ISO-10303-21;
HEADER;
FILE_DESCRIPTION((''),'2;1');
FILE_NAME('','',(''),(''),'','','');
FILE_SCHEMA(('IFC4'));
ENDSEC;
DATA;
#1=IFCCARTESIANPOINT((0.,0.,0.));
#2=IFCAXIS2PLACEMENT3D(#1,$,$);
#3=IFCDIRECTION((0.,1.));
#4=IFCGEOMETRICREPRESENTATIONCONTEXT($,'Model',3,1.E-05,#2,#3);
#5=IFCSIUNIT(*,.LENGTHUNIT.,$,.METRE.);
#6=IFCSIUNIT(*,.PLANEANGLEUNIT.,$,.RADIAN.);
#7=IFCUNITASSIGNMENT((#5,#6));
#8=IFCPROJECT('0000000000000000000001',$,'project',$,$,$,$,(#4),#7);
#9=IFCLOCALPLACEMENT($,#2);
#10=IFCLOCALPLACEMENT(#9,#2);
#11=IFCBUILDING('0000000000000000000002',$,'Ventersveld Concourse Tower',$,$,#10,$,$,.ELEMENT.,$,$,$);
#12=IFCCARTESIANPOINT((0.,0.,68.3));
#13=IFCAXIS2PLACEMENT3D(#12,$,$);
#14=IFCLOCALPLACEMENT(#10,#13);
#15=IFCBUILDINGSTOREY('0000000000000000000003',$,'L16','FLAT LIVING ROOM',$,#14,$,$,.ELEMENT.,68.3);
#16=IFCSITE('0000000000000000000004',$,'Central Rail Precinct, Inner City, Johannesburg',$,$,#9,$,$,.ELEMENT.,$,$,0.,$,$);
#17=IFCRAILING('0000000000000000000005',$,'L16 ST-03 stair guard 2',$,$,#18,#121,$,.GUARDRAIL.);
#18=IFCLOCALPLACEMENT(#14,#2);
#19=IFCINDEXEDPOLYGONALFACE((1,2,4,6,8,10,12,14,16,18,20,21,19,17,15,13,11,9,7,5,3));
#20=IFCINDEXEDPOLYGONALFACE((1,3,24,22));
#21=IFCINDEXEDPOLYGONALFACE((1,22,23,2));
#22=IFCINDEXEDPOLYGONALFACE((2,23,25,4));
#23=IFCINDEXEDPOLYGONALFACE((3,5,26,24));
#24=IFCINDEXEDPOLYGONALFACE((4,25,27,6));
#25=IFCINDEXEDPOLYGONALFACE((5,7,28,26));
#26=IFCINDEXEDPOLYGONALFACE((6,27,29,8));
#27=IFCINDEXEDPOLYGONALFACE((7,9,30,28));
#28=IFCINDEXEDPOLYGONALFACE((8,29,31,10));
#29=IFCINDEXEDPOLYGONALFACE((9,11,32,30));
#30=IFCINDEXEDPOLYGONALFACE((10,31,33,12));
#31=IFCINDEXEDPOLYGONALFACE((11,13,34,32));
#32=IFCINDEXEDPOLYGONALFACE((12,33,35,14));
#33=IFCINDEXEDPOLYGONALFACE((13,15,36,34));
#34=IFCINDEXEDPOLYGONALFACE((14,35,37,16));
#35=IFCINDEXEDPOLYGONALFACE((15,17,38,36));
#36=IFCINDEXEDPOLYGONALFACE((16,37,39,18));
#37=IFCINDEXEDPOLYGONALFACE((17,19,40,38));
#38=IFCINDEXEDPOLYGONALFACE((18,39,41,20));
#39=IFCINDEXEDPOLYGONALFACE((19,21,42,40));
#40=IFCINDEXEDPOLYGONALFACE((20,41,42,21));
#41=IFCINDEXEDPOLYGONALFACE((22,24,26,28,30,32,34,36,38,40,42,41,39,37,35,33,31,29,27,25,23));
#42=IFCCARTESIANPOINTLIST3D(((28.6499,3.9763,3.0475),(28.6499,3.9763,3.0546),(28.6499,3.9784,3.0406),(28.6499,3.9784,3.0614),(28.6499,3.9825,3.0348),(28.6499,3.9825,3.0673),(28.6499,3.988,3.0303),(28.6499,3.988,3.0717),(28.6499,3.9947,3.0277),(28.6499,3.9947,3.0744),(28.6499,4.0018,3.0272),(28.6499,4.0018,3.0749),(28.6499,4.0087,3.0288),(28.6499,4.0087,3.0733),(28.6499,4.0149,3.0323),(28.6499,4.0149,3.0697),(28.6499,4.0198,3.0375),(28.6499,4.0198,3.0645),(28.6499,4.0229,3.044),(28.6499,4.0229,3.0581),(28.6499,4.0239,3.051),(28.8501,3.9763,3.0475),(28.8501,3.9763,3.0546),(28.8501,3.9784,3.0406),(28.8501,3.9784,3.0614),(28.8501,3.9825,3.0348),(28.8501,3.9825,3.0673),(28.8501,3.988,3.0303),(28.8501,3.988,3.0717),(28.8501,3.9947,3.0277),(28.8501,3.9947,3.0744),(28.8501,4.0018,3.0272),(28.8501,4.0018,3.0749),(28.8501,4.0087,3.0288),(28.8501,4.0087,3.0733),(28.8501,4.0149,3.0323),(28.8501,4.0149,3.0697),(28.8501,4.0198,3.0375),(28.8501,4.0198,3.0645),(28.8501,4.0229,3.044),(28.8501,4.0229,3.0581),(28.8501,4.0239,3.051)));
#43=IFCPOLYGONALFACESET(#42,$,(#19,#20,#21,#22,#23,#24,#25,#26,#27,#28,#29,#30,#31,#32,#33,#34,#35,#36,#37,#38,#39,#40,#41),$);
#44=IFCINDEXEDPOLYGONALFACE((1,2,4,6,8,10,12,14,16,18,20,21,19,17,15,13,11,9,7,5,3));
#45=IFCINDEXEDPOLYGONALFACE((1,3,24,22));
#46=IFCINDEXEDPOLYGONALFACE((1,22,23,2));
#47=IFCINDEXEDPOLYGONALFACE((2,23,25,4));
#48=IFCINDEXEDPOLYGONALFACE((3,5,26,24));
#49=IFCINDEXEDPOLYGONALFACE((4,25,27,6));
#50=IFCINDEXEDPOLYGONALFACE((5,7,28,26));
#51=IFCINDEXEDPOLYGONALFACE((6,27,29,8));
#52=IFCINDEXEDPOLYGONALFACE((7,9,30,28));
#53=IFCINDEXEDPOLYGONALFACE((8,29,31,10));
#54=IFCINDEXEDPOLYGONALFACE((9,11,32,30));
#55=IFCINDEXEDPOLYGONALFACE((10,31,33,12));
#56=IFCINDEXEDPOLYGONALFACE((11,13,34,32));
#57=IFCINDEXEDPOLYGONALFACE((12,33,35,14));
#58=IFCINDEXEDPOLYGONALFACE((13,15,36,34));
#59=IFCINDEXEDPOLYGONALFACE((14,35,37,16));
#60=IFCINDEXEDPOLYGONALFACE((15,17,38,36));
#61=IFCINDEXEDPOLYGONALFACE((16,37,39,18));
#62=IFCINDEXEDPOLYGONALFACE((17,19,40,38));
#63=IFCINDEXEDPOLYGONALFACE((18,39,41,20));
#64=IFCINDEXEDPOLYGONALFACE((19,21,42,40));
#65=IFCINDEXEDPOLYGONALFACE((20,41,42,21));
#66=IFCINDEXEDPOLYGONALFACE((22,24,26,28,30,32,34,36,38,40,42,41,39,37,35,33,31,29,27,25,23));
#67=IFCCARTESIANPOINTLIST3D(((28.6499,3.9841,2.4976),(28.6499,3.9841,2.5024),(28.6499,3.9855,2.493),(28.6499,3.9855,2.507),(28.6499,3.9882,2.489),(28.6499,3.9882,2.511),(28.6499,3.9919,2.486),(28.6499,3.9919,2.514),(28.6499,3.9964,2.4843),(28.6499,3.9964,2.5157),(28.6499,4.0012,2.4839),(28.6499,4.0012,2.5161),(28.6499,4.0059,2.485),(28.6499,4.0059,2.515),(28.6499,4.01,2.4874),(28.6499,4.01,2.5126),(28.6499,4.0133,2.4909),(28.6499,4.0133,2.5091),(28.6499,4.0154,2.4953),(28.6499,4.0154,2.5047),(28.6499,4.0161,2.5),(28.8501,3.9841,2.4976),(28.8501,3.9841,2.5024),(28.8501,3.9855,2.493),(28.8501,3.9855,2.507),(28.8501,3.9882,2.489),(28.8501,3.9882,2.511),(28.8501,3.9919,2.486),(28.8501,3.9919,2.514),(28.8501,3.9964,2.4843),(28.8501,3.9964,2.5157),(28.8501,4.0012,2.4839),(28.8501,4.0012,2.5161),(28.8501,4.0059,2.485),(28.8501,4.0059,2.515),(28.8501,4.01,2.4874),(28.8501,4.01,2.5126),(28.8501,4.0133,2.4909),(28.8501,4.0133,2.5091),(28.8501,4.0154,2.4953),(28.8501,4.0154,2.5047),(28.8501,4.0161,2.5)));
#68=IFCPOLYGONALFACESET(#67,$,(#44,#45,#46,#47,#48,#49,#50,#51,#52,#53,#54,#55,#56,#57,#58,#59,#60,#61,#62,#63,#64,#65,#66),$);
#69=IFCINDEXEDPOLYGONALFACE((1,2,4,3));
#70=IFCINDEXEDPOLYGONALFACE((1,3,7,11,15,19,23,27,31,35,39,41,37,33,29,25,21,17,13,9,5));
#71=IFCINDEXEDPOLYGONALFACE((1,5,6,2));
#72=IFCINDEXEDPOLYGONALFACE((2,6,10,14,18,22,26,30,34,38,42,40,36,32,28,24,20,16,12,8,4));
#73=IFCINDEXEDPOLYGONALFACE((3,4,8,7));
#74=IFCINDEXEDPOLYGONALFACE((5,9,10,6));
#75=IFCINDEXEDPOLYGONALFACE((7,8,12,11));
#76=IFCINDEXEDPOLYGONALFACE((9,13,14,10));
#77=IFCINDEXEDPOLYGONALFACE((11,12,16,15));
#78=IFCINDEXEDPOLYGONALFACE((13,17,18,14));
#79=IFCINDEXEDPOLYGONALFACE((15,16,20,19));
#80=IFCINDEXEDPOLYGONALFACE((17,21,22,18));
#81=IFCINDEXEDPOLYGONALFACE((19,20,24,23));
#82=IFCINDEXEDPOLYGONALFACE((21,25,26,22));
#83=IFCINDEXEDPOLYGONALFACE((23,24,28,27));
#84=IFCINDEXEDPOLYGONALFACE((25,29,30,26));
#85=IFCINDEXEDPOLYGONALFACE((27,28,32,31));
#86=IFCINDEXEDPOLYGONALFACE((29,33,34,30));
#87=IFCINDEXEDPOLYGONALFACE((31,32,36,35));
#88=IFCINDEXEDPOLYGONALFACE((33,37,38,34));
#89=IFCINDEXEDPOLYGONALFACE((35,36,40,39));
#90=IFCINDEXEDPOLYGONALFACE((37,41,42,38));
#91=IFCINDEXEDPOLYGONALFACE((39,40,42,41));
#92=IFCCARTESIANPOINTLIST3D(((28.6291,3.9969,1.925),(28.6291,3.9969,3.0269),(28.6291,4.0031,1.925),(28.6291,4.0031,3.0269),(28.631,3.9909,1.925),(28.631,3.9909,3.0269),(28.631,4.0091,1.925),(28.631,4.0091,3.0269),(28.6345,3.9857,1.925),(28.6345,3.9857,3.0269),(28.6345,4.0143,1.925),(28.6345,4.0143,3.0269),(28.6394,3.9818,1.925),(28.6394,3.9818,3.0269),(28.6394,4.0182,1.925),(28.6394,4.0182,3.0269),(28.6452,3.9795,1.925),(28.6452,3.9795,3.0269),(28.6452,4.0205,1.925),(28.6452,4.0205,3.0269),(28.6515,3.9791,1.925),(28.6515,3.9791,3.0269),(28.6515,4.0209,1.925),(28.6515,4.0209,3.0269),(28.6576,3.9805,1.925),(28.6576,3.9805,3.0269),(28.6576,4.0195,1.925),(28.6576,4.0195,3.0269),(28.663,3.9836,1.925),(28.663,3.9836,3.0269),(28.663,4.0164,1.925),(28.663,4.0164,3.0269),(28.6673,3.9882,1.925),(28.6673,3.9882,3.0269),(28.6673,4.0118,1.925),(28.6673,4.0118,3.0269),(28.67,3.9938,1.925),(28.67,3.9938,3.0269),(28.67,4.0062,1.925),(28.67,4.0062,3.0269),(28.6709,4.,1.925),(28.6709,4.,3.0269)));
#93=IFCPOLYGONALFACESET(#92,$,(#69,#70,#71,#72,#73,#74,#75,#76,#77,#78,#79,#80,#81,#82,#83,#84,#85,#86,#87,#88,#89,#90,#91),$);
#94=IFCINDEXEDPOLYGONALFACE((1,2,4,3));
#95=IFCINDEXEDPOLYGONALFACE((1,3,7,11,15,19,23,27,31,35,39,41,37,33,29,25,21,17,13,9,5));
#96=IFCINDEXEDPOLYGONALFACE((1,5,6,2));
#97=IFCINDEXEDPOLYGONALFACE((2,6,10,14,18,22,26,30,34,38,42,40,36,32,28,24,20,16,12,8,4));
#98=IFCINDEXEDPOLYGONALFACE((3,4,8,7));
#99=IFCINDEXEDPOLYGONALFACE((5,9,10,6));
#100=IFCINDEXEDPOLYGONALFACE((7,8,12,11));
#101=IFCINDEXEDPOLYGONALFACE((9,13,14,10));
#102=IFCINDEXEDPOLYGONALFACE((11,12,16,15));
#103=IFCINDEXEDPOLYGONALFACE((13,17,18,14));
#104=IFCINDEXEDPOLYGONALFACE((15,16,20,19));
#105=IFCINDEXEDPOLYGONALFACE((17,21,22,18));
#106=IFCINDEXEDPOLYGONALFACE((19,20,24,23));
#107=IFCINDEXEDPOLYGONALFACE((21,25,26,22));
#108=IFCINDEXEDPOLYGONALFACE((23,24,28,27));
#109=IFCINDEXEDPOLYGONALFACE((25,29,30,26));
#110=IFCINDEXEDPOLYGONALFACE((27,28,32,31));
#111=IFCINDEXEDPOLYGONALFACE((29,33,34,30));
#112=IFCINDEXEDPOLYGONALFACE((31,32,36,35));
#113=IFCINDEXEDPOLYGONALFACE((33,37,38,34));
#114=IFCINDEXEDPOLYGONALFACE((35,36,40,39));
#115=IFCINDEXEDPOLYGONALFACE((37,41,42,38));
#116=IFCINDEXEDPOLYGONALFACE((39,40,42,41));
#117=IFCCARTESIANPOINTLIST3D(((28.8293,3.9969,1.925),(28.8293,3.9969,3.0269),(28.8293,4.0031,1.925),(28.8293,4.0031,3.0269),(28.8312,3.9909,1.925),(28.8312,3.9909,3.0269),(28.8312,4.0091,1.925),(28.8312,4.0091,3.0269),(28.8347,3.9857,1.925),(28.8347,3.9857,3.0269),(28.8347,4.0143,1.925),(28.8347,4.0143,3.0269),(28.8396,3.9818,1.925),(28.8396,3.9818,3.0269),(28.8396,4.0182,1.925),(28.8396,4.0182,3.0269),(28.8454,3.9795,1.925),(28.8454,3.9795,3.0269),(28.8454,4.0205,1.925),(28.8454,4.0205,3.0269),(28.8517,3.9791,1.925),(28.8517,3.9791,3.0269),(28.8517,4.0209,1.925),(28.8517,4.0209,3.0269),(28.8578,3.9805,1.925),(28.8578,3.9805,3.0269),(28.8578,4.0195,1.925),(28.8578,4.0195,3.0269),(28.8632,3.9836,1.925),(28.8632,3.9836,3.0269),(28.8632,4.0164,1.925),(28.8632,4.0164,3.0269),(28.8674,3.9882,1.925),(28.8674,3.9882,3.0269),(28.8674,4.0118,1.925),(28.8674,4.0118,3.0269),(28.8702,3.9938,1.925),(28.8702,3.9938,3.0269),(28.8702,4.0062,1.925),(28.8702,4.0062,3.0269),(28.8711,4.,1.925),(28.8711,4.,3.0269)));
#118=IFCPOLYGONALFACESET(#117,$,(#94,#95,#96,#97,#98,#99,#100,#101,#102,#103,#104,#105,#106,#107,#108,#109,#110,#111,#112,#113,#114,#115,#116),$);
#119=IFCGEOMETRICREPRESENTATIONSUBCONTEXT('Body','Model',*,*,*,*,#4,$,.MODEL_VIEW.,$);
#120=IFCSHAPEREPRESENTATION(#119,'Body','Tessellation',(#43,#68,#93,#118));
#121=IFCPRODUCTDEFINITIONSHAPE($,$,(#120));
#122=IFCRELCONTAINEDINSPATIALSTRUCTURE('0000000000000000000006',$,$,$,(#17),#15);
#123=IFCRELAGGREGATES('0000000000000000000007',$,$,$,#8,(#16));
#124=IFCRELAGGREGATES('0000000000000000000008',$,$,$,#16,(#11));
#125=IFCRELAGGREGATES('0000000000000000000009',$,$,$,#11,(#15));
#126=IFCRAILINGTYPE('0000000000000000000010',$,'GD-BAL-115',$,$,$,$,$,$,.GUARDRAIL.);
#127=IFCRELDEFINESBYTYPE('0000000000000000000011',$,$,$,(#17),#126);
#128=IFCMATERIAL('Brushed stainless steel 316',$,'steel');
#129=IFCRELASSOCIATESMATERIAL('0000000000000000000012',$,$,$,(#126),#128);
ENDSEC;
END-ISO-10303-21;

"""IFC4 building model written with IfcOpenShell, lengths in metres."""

from ifc_helpers import new_model, si_unit, direction, frame, origin, origin_2d, place, context, subcontext, project, spatial, circle, extrude, material, type_object, element, save


model = new_model("IFC4")

# Units and contexts
model_context = context("Model", 3, precision=1e-05, world=origin(), true_north=direction((0.0, 1.0)))
body_context = subcontext(model_context, "Body", "Model", "MODEL_VIEW")
ifc_project = project(units=[si_unit("LENGTHUNIT", "METRE"), si_unit("PLANEANGLEUNIT", "RADIAN")], contexts=[model_context])

# Site, building, storey
site_placement = place(None, origin())
site = spatial("IfcSite", under=ifc_project, at=site_placement, Name="Central Rail Precinct, Inner City, Johannesburg", CompositionType="ELEMENT", RefElevation=0.0)
building_placement = place(site_placement, origin())
building = spatial("IfcBuilding", under=site, at=building_placement, Name="Ventersveld Concourse Tower", CompositionType="ELEMENT")
storey_placement = place(building_placement, frame((0.0, 0.0, 68.3)))
storey = spatial("IfcBuildingStorey", under=building, at=storey_placement, Name="L16", Description="FLAT LIVING ROOM", CompositionType="ELEMENT", Elevation=68.3)

# Railing
ifc_material_1 = material(Name="Brushed stainless steel 316", Category="steel")
railing_type_1 = type_object("IfcRailingType", Name="GD-BAL-115", PredefinedType="GUARDRAIL", material=ifc_material_1)
railing_1_placement = place(storey_placement, frame((28.6499, 4.0, 1.925)))
element("IfcRailing", 1, at=railing_1_placement, inside=storey, type_object=railing_type_1, Name="L16 ST-03 stair guard 2", PredefinedType="GUARDRAIL", context=body_context, shape_type="SweptSolid", body=[
    extrude(circle(Radius=0.0239, at=origin_2d()), frame((0.0, 0.0, 1.126), z_axis=(1.0, 0.0, 0.0), x_axis=(0.0, 1.0, 0.0)), (0.0, 0.0, 1.0), 0.2002),
    extrude(circle(Radius=0.0161, at=origin_2d()), frame((0.0, 0.0, 0.575), z_axis=(1.0, 0.0, 0.0), x_axis=(0.0, 1.0, 0.0)), (0.0, 0.0, 1.0), 0.2002),
    extrude(circle(Radius=0.021, at=origin_2d()), origin(), (0.0, 0.0, 1.0), 1.1018),
    extrude(circle(Radius=0.021, at=origin_2d()), frame((0.2002, 0.0, 0.0)), (0.0, 0.0, 1.0), 1.1018),
])

save(model, "model.ifc")
